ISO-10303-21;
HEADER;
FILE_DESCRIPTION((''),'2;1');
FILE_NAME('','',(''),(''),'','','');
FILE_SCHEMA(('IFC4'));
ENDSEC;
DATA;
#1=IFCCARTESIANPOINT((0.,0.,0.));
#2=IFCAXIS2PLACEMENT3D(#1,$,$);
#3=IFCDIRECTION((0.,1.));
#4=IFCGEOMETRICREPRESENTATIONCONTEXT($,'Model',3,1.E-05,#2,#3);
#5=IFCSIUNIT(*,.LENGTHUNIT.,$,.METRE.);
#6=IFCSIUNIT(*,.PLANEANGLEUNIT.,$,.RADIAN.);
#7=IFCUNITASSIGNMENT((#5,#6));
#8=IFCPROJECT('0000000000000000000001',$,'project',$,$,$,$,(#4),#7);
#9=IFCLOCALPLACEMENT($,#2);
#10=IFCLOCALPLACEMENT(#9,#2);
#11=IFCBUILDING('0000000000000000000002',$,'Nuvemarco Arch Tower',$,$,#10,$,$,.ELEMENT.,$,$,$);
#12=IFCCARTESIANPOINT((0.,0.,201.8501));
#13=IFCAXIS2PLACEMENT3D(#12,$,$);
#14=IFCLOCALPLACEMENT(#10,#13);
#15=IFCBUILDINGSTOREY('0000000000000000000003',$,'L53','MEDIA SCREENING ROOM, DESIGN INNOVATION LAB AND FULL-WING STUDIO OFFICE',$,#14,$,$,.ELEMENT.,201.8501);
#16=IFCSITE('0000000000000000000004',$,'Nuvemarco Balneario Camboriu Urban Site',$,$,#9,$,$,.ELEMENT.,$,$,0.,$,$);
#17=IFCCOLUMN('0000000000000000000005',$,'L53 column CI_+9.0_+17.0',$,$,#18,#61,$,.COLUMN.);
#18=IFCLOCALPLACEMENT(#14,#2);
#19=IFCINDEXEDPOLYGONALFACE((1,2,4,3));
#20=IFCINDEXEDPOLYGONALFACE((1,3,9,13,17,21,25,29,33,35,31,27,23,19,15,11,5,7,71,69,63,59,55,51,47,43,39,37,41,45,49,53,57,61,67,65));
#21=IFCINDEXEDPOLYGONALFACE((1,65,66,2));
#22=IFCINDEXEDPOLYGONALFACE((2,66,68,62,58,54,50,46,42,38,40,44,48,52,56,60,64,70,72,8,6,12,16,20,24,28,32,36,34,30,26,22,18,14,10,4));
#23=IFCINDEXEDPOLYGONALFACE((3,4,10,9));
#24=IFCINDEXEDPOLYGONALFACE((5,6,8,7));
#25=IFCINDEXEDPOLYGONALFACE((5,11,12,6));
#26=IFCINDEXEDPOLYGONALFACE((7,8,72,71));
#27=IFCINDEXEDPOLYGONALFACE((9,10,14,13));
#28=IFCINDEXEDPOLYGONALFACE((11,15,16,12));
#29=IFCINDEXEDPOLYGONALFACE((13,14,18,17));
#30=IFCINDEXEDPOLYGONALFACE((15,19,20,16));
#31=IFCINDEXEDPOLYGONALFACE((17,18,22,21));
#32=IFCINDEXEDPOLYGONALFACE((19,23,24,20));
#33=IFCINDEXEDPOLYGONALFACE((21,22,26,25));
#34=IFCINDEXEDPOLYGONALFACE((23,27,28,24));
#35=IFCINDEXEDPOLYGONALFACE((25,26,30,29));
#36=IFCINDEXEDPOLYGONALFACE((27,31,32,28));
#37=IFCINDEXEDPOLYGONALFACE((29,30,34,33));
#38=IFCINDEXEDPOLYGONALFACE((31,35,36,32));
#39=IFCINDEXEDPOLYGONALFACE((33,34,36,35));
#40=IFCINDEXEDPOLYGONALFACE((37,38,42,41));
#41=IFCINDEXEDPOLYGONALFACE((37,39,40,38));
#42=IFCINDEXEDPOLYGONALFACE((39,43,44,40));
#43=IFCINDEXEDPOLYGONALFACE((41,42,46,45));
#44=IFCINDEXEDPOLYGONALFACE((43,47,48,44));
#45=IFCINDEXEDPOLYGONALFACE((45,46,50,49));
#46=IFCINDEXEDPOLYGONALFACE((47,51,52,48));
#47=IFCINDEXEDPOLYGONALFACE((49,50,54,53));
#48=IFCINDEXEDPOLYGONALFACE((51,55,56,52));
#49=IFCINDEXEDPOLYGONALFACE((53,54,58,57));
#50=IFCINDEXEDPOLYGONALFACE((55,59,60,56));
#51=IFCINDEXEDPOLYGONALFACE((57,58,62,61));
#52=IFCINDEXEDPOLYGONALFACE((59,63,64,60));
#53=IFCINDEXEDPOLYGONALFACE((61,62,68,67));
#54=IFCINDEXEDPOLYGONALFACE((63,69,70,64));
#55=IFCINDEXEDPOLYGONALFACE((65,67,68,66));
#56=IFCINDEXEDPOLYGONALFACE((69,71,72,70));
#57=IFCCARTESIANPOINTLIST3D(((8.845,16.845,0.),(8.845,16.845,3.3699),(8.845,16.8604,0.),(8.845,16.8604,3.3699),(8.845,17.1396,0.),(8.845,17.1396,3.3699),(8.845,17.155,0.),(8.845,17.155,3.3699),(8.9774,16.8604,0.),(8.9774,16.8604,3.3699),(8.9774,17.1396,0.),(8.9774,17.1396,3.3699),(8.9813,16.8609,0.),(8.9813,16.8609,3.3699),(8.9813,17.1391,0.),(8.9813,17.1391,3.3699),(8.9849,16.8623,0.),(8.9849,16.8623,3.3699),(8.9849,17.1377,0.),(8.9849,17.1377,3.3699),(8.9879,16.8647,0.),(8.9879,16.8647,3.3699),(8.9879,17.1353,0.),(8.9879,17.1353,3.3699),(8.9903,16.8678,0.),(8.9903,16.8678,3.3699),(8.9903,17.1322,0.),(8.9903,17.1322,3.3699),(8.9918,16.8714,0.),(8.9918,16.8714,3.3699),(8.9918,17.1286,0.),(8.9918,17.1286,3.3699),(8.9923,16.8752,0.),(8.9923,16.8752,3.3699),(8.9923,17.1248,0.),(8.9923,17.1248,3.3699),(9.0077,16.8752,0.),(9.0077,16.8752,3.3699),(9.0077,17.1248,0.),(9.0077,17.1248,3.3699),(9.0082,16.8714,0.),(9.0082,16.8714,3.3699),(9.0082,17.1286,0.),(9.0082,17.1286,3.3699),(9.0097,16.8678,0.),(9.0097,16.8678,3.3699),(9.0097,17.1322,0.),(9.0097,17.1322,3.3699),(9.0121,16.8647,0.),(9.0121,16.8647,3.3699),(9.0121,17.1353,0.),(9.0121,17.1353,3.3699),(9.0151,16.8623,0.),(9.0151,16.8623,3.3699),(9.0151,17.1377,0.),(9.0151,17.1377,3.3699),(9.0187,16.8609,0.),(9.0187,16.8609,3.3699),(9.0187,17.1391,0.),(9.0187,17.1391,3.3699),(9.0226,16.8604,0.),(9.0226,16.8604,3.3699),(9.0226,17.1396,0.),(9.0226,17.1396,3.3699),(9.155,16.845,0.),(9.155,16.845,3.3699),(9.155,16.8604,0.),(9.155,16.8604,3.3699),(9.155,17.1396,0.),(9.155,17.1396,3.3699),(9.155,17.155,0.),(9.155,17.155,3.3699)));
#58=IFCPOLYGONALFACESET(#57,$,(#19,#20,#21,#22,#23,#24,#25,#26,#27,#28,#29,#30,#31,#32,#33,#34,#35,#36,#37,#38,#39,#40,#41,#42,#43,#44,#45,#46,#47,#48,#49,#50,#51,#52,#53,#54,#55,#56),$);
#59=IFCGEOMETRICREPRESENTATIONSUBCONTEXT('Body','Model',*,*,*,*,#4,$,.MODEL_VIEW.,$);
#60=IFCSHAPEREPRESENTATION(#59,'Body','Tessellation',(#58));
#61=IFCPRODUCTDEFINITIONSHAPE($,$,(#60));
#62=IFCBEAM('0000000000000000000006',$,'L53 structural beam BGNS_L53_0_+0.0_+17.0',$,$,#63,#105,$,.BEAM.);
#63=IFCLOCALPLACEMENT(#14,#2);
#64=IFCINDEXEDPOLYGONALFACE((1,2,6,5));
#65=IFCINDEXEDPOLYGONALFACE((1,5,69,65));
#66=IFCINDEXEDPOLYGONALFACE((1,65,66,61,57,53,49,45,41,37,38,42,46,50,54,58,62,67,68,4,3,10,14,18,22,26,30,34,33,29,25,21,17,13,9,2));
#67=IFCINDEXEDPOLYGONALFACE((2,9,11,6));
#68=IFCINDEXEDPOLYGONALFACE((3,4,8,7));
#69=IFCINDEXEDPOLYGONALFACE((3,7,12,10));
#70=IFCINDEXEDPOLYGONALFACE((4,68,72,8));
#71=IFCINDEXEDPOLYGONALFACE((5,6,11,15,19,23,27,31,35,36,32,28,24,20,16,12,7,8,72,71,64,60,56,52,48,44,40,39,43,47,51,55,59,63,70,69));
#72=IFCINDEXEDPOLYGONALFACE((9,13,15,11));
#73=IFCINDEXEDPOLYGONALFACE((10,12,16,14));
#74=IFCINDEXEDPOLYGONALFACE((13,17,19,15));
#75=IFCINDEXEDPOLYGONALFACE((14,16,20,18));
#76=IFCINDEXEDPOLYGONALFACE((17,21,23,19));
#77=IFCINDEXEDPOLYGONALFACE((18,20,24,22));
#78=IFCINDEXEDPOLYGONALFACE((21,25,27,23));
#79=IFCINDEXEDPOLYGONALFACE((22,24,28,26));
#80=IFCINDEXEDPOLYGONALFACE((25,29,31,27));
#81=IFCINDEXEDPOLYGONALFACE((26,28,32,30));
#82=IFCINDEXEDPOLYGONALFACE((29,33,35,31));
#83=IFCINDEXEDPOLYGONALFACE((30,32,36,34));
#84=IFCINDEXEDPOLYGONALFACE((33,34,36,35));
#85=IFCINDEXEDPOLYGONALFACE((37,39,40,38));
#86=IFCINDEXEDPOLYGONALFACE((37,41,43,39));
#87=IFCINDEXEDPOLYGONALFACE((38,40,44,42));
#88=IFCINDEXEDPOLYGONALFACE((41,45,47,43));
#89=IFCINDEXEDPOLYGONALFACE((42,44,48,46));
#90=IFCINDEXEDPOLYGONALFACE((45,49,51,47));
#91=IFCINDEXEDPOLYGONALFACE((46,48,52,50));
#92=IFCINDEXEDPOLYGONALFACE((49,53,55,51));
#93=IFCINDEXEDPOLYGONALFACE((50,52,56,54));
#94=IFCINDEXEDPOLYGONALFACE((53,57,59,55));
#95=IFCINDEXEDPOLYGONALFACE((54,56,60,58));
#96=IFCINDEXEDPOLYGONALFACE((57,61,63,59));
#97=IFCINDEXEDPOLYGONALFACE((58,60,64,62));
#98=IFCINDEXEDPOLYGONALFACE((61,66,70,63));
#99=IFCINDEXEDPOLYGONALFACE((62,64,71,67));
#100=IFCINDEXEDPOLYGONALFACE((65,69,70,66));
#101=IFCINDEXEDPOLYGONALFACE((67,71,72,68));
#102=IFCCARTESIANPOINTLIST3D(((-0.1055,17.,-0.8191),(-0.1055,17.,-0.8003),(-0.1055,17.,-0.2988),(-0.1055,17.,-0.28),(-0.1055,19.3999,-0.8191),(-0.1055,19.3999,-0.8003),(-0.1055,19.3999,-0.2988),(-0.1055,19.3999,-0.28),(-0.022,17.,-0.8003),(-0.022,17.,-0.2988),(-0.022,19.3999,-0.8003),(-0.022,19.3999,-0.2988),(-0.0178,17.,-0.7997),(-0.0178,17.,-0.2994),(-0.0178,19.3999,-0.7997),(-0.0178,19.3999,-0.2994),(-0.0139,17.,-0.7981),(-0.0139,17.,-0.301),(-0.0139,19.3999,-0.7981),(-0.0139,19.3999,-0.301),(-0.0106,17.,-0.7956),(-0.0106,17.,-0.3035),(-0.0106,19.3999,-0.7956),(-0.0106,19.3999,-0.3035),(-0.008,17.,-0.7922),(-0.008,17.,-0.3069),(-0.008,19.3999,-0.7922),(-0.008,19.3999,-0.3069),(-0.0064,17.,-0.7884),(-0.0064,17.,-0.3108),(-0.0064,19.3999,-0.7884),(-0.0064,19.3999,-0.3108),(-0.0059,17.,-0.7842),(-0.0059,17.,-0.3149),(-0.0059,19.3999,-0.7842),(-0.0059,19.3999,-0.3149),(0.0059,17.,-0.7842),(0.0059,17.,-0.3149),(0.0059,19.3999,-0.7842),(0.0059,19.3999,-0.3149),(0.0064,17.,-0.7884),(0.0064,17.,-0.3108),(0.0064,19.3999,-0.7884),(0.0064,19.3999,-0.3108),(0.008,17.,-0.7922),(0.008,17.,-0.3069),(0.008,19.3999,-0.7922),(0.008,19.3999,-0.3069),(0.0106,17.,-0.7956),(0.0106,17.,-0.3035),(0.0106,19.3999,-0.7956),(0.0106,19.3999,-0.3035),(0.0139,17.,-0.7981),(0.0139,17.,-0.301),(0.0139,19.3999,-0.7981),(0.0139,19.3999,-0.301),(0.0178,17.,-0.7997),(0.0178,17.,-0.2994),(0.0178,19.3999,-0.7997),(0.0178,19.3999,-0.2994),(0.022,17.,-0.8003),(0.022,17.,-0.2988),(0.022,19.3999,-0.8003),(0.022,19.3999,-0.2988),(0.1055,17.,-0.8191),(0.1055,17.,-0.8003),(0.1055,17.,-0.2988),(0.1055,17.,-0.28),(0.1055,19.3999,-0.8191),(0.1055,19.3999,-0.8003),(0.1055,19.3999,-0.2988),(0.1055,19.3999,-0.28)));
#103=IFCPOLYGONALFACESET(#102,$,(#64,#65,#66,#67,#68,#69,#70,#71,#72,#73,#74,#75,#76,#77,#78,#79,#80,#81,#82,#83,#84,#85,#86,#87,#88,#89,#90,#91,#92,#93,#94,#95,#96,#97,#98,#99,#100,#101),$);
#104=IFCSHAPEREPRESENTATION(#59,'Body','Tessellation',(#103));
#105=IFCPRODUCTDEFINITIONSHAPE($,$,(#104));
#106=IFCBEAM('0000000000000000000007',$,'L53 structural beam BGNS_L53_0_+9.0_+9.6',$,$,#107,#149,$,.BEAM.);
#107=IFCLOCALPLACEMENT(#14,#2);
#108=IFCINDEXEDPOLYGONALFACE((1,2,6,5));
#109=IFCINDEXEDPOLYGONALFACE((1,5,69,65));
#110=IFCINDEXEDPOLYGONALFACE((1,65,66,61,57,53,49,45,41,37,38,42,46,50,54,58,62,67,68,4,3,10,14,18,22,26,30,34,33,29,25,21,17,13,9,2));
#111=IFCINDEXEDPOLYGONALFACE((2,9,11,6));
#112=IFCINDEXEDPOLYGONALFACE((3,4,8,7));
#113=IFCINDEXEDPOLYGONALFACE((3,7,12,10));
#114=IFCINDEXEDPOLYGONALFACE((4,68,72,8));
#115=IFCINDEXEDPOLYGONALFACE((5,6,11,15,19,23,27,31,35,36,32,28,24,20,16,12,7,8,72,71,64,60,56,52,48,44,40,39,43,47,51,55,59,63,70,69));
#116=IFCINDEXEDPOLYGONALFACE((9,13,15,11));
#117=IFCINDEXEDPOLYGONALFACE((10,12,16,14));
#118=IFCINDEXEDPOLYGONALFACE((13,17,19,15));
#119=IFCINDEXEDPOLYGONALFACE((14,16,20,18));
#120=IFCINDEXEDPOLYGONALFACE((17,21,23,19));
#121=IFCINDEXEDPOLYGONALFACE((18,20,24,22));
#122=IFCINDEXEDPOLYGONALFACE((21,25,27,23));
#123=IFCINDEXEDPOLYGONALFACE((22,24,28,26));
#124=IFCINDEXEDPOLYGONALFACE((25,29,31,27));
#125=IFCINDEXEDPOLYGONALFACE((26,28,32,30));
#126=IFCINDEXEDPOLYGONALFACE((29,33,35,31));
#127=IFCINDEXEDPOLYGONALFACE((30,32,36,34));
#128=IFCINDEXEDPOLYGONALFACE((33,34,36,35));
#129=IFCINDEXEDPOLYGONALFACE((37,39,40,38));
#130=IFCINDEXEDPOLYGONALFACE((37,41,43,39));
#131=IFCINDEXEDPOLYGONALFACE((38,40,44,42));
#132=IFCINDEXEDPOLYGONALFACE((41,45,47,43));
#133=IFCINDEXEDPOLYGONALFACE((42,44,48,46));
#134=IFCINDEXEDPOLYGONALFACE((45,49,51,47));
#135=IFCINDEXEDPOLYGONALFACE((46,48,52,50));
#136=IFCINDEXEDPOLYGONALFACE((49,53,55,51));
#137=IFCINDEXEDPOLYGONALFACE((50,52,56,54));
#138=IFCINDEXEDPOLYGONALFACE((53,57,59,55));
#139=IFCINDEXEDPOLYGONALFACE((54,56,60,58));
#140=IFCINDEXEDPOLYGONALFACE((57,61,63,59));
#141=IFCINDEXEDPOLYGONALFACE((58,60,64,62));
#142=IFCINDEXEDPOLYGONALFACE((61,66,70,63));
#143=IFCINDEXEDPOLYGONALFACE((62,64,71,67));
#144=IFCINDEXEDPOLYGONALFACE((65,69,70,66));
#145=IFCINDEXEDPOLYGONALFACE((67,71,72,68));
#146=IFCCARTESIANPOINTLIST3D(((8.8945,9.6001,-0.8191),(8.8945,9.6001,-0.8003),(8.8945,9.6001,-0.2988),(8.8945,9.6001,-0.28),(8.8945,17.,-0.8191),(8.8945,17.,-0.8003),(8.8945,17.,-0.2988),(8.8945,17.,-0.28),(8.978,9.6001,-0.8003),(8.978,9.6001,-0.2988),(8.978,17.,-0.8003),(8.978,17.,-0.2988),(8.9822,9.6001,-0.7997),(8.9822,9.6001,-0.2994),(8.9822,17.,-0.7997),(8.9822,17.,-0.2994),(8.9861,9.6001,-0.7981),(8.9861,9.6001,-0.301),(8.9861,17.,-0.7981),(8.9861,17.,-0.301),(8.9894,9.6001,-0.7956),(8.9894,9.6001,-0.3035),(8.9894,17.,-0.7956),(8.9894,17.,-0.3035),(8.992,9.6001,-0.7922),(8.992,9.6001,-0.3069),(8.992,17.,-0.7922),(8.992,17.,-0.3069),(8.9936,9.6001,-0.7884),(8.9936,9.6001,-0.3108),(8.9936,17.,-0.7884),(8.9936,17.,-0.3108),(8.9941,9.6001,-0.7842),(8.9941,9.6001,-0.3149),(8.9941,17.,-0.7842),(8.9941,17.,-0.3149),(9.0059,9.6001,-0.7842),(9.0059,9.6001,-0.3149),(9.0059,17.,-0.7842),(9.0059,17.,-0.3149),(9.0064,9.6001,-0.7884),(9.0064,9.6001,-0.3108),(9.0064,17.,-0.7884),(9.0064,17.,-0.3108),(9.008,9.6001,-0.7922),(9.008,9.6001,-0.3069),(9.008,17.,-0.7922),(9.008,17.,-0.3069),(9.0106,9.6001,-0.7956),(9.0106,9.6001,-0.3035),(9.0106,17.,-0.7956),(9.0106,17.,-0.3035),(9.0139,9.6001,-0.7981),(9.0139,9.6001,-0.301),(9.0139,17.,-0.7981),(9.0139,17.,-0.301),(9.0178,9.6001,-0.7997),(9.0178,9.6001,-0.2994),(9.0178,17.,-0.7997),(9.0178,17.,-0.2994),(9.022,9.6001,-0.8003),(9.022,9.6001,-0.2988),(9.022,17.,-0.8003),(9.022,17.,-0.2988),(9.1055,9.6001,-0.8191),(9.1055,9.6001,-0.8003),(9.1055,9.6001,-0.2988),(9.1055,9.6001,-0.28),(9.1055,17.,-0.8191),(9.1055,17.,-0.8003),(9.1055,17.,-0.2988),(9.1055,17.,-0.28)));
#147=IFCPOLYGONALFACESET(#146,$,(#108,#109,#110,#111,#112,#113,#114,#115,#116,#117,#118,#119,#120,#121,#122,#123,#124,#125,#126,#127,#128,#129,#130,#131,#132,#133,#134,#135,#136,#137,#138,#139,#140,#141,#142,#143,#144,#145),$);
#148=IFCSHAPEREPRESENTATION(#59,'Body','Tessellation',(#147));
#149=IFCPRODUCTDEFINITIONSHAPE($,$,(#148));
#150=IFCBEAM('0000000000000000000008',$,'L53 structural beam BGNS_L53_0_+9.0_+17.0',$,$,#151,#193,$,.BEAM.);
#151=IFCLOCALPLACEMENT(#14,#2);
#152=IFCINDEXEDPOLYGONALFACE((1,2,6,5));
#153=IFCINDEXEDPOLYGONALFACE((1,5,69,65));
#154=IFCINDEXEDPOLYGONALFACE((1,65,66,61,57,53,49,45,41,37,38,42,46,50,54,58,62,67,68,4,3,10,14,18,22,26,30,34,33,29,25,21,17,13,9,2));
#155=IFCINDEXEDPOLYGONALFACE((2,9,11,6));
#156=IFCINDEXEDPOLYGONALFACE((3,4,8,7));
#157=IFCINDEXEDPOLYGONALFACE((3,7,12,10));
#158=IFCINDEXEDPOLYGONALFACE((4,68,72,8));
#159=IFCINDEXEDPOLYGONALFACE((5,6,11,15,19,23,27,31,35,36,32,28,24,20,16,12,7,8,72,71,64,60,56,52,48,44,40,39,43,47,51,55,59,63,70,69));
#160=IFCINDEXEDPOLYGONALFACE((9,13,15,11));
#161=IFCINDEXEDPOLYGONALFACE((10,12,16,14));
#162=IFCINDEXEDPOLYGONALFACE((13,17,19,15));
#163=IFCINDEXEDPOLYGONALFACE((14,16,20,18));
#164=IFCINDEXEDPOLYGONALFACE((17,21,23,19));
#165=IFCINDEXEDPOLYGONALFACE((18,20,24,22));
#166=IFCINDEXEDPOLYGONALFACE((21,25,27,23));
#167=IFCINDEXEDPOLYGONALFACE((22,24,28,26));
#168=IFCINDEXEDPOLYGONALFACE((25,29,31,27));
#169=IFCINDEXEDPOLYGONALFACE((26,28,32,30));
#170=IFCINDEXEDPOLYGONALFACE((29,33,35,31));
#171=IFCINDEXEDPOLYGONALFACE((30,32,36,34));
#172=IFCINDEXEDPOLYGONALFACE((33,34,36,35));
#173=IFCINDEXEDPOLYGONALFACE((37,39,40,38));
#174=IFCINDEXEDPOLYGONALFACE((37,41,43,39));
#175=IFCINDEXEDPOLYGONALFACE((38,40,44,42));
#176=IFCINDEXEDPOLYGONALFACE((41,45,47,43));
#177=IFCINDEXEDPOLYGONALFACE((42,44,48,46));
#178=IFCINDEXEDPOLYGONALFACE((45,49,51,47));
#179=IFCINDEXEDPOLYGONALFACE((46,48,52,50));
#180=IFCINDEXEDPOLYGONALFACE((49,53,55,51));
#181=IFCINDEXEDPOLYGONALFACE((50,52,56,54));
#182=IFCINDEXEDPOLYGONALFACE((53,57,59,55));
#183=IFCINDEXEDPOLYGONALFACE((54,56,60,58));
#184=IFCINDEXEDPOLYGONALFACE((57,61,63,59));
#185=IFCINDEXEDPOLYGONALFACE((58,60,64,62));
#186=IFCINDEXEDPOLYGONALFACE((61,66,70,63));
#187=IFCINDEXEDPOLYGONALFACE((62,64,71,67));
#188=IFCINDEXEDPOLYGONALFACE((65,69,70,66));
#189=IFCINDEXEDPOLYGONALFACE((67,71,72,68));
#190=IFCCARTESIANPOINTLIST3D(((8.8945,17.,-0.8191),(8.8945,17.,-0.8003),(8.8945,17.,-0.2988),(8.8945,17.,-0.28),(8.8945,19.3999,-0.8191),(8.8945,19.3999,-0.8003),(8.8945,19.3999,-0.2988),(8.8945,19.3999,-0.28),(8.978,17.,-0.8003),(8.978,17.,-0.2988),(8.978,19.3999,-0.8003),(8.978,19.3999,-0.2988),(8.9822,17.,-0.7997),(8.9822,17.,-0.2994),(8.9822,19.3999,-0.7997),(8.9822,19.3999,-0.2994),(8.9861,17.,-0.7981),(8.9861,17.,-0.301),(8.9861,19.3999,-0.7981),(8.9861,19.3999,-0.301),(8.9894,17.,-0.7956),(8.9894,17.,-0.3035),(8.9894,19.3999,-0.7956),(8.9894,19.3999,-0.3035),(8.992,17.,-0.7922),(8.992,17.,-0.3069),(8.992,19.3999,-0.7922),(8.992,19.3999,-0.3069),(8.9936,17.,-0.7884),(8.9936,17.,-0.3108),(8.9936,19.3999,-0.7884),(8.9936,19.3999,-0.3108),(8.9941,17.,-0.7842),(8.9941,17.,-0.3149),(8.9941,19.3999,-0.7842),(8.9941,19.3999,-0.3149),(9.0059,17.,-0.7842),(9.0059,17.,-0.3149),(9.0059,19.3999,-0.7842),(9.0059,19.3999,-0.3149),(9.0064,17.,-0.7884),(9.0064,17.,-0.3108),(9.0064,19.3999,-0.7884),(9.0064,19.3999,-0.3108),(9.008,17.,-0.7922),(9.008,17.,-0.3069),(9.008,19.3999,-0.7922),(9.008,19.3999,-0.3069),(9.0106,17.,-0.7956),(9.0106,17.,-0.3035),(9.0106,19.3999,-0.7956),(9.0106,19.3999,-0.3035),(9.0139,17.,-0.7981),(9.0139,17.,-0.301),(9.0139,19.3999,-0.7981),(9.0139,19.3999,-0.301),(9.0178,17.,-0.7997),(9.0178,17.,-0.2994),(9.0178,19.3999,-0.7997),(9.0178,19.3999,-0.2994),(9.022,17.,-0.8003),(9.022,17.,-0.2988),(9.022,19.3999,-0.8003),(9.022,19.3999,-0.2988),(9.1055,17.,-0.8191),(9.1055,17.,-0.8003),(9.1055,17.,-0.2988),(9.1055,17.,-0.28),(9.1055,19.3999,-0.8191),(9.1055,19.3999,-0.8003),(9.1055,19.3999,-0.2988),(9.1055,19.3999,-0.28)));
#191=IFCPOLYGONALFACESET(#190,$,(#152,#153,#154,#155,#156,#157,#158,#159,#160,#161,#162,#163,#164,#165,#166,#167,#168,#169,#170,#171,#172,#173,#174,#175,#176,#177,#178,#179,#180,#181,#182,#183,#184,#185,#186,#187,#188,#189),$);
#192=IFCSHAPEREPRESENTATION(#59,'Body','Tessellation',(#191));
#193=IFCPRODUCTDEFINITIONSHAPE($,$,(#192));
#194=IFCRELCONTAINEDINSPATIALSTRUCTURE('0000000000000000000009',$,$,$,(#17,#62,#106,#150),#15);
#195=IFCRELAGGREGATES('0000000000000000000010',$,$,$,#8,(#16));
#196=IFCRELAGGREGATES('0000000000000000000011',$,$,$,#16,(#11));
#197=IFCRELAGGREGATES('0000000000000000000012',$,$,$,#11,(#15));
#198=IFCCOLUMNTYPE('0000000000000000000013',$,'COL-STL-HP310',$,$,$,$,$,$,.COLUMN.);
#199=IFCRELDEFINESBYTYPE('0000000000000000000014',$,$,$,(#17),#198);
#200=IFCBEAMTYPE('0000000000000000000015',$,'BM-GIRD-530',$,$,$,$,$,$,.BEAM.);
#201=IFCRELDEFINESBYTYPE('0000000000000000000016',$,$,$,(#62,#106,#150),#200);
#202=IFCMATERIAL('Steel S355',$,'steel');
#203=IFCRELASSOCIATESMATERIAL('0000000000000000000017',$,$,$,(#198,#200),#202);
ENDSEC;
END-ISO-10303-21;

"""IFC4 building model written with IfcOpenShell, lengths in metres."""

from ifc_helpers import new_model, si_unit, direction, frame, origin, origin_2d, place, context, subcontext, project, spatial, i_section, extrude, material, material_profile, profile_set, type_object, element, save


model = new_model("IFC4")

# Units and contexts
model_context = context("Model", 3, precision=1e-05, world=origin(), true_north=direction((0.0, 1.0)))
body_context = subcontext(model_context, "Body", "Model", "MODEL_VIEW")
ifc_project = project(units=[si_unit("LENGTHUNIT", "METRE"), si_unit("PLANEANGLEUNIT", "RADIAN")], contexts=[model_context])

# Site, building, storey
site_placement = place(None, origin())
site = spatial("IfcSite", under=ifc_project, at=site_placement, Name="Nuvemarco Balneario Camboriu Urban Site", CompositionType="ELEMENT", RefElevation=0.0)
building_placement = place(site_placement, origin())
building = spatial("IfcBuilding", under=site, at=building_placement, Name="Nuvemarco Arch Tower", CompositionType="ELEMENT")
storey_placement = place(building_placement, frame((0.0, 0.0, 201.8501)))
storey = spatial("IfcBuildingStorey", under=building, at=storey_placement, Name="L53", Description="MEDIA SCREENING ROOM, DESIGN INNOVATION LAB AND FULL-WING STUDIO OFFICE", CompositionType="ELEMENT", Elevation=201.8501)

# Column
ifc_material_1 = material(Name="Steel S355", Category="steel")
ifc_material_profile_1 = material_profile(ifc_material_1, i_section(OverallWidth=0.3101, OverallDepth=0.3101, WebThickness=0.0154, FlangeThickness=0.0154, FilletRadius=0.0149, at=origin_2d()), Name="HP310x110")
ifc_profile_set_1 = profile_set([ifc_material_profile_1], Name="Steel S355")
column_type_1 = type_object("IfcColumnType", Name="COL-STL-HP310", PredefinedType="COLUMN", material=ifc_profile_set_1)
for number, where, z_axis, x_axis, name in (
    (1, (9.0, 17.0, 0.0), (0.0, 0.0, 1.0), (1.0, 0.0, 0.0), "L53 column CI_+9.0_+17.0"),
):
    element("IfcColumn", number, at=place(storey_placement, frame(where, z_axis=z_axis, x_axis=x_axis)), inside=storey, type_object=column_type_1, Name=name, PredefinedType="COLUMN", context=body_context, shape_type="SweptSolid", body=[
        extrude(i_section(OverallWidth=0.3101, OverallDepth=0.3101, WebThickness=0.0154, FlangeThickness=0.0154, FilletRadius=0.0149, at=origin_2d()), origin(), (0.0, 0.0, 1.0), 3.3699),
    ])

# Beams
ifc_material_profile_2 = material_profile(ifc_material_1, i_section(OverallWidth=0.2109, OverallDepth=0.5391, WebThickness=0.0117, FlangeThickness=0.0188, FilletRadius=0.0161, at=origin_2d()), Name="W530x109")
ifc_profile_set_2 = profile_set([ifc_material_profile_2], Name="Steel S355")
beam_type_1 = type_object("IfcBeamType", Name="BM-GIRD-530", PredefinedType="BEAM", material=ifc_profile_set_2)
beam_1_placement = place(storey_placement, frame((0.0, 17.0, -0.5496), z_axis=(0.0, 1.0, 0.0), x_axis=(-1.0, 0.0, 0.0)))
element("IfcBeam", 2, at=beam_1_placement, inside=storey, type_object=beam_type_1, Name="L53 structural beam BGNS_L53_0_+0.0_+17.0", PredefinedType="BEAM", context=body_context, shape_type="SweptSolid", body=[
    extrude(i_section(OverallWidth=0.2109, OverallDepth=0.5391, WebThickness=0.0117, FlangeThickness=0.0188, FilletRadius=0.0161, at=origin_2d()), origin(), (0.0, 0.0, 1.0), 2.3999),
])
beam_2_placement = place(storey_placement, frame((9.0, 9.6001, -0.5496), z_axis=(0.0, 1.0, 0.0), x_axis=(-1.0, 0.0, 0.0)))
element("IfcBeam", 3, at=beam_2_placement, inside=storey, type_object=beam_type_1, Name="L53 structural beam BGNS_L53_0_+9.0_+9.6", PredefinedType="BEAM", context=body_context, shape_type="SweptSolid", body=[
    extrude(i_section(OverallWidth=0.2109, OverallDepth=0.5391, WebThickness=0.0117, FlangeThickness=0.0188, FilletRadius=0.0161, at=origin_2d()), origin(), (0.0, 0.0, 1.0), 7.3999),
])
beam_3_placement = place(storey_placement, frame((9.0, 17.0, -0.5496), z_axis=(0.0, 1.0, 0.0), x_axis=(-1.0, 0.0, 0.0)))
element("IfcBeam", 4, at=beam_3_placement, inside=storey, type_object=beam_type_1, Name="L53 structural beam BGNS_L53_0_+9.0_+17.0", PredefinedType="BEAM", context=body_context, shape_type="SweptSolid", body=[
    extrude(i_section(OverallWidth=0.2109, OverallDepth=0.5391, WebThickness=0.0117, FlangeThickness=0.0188, FilletRadius=0.0161, at=origin_2d()), origin(), (0.0, 0.0, 1.0), 2.3999),
])

save(model, "model.ifc")
